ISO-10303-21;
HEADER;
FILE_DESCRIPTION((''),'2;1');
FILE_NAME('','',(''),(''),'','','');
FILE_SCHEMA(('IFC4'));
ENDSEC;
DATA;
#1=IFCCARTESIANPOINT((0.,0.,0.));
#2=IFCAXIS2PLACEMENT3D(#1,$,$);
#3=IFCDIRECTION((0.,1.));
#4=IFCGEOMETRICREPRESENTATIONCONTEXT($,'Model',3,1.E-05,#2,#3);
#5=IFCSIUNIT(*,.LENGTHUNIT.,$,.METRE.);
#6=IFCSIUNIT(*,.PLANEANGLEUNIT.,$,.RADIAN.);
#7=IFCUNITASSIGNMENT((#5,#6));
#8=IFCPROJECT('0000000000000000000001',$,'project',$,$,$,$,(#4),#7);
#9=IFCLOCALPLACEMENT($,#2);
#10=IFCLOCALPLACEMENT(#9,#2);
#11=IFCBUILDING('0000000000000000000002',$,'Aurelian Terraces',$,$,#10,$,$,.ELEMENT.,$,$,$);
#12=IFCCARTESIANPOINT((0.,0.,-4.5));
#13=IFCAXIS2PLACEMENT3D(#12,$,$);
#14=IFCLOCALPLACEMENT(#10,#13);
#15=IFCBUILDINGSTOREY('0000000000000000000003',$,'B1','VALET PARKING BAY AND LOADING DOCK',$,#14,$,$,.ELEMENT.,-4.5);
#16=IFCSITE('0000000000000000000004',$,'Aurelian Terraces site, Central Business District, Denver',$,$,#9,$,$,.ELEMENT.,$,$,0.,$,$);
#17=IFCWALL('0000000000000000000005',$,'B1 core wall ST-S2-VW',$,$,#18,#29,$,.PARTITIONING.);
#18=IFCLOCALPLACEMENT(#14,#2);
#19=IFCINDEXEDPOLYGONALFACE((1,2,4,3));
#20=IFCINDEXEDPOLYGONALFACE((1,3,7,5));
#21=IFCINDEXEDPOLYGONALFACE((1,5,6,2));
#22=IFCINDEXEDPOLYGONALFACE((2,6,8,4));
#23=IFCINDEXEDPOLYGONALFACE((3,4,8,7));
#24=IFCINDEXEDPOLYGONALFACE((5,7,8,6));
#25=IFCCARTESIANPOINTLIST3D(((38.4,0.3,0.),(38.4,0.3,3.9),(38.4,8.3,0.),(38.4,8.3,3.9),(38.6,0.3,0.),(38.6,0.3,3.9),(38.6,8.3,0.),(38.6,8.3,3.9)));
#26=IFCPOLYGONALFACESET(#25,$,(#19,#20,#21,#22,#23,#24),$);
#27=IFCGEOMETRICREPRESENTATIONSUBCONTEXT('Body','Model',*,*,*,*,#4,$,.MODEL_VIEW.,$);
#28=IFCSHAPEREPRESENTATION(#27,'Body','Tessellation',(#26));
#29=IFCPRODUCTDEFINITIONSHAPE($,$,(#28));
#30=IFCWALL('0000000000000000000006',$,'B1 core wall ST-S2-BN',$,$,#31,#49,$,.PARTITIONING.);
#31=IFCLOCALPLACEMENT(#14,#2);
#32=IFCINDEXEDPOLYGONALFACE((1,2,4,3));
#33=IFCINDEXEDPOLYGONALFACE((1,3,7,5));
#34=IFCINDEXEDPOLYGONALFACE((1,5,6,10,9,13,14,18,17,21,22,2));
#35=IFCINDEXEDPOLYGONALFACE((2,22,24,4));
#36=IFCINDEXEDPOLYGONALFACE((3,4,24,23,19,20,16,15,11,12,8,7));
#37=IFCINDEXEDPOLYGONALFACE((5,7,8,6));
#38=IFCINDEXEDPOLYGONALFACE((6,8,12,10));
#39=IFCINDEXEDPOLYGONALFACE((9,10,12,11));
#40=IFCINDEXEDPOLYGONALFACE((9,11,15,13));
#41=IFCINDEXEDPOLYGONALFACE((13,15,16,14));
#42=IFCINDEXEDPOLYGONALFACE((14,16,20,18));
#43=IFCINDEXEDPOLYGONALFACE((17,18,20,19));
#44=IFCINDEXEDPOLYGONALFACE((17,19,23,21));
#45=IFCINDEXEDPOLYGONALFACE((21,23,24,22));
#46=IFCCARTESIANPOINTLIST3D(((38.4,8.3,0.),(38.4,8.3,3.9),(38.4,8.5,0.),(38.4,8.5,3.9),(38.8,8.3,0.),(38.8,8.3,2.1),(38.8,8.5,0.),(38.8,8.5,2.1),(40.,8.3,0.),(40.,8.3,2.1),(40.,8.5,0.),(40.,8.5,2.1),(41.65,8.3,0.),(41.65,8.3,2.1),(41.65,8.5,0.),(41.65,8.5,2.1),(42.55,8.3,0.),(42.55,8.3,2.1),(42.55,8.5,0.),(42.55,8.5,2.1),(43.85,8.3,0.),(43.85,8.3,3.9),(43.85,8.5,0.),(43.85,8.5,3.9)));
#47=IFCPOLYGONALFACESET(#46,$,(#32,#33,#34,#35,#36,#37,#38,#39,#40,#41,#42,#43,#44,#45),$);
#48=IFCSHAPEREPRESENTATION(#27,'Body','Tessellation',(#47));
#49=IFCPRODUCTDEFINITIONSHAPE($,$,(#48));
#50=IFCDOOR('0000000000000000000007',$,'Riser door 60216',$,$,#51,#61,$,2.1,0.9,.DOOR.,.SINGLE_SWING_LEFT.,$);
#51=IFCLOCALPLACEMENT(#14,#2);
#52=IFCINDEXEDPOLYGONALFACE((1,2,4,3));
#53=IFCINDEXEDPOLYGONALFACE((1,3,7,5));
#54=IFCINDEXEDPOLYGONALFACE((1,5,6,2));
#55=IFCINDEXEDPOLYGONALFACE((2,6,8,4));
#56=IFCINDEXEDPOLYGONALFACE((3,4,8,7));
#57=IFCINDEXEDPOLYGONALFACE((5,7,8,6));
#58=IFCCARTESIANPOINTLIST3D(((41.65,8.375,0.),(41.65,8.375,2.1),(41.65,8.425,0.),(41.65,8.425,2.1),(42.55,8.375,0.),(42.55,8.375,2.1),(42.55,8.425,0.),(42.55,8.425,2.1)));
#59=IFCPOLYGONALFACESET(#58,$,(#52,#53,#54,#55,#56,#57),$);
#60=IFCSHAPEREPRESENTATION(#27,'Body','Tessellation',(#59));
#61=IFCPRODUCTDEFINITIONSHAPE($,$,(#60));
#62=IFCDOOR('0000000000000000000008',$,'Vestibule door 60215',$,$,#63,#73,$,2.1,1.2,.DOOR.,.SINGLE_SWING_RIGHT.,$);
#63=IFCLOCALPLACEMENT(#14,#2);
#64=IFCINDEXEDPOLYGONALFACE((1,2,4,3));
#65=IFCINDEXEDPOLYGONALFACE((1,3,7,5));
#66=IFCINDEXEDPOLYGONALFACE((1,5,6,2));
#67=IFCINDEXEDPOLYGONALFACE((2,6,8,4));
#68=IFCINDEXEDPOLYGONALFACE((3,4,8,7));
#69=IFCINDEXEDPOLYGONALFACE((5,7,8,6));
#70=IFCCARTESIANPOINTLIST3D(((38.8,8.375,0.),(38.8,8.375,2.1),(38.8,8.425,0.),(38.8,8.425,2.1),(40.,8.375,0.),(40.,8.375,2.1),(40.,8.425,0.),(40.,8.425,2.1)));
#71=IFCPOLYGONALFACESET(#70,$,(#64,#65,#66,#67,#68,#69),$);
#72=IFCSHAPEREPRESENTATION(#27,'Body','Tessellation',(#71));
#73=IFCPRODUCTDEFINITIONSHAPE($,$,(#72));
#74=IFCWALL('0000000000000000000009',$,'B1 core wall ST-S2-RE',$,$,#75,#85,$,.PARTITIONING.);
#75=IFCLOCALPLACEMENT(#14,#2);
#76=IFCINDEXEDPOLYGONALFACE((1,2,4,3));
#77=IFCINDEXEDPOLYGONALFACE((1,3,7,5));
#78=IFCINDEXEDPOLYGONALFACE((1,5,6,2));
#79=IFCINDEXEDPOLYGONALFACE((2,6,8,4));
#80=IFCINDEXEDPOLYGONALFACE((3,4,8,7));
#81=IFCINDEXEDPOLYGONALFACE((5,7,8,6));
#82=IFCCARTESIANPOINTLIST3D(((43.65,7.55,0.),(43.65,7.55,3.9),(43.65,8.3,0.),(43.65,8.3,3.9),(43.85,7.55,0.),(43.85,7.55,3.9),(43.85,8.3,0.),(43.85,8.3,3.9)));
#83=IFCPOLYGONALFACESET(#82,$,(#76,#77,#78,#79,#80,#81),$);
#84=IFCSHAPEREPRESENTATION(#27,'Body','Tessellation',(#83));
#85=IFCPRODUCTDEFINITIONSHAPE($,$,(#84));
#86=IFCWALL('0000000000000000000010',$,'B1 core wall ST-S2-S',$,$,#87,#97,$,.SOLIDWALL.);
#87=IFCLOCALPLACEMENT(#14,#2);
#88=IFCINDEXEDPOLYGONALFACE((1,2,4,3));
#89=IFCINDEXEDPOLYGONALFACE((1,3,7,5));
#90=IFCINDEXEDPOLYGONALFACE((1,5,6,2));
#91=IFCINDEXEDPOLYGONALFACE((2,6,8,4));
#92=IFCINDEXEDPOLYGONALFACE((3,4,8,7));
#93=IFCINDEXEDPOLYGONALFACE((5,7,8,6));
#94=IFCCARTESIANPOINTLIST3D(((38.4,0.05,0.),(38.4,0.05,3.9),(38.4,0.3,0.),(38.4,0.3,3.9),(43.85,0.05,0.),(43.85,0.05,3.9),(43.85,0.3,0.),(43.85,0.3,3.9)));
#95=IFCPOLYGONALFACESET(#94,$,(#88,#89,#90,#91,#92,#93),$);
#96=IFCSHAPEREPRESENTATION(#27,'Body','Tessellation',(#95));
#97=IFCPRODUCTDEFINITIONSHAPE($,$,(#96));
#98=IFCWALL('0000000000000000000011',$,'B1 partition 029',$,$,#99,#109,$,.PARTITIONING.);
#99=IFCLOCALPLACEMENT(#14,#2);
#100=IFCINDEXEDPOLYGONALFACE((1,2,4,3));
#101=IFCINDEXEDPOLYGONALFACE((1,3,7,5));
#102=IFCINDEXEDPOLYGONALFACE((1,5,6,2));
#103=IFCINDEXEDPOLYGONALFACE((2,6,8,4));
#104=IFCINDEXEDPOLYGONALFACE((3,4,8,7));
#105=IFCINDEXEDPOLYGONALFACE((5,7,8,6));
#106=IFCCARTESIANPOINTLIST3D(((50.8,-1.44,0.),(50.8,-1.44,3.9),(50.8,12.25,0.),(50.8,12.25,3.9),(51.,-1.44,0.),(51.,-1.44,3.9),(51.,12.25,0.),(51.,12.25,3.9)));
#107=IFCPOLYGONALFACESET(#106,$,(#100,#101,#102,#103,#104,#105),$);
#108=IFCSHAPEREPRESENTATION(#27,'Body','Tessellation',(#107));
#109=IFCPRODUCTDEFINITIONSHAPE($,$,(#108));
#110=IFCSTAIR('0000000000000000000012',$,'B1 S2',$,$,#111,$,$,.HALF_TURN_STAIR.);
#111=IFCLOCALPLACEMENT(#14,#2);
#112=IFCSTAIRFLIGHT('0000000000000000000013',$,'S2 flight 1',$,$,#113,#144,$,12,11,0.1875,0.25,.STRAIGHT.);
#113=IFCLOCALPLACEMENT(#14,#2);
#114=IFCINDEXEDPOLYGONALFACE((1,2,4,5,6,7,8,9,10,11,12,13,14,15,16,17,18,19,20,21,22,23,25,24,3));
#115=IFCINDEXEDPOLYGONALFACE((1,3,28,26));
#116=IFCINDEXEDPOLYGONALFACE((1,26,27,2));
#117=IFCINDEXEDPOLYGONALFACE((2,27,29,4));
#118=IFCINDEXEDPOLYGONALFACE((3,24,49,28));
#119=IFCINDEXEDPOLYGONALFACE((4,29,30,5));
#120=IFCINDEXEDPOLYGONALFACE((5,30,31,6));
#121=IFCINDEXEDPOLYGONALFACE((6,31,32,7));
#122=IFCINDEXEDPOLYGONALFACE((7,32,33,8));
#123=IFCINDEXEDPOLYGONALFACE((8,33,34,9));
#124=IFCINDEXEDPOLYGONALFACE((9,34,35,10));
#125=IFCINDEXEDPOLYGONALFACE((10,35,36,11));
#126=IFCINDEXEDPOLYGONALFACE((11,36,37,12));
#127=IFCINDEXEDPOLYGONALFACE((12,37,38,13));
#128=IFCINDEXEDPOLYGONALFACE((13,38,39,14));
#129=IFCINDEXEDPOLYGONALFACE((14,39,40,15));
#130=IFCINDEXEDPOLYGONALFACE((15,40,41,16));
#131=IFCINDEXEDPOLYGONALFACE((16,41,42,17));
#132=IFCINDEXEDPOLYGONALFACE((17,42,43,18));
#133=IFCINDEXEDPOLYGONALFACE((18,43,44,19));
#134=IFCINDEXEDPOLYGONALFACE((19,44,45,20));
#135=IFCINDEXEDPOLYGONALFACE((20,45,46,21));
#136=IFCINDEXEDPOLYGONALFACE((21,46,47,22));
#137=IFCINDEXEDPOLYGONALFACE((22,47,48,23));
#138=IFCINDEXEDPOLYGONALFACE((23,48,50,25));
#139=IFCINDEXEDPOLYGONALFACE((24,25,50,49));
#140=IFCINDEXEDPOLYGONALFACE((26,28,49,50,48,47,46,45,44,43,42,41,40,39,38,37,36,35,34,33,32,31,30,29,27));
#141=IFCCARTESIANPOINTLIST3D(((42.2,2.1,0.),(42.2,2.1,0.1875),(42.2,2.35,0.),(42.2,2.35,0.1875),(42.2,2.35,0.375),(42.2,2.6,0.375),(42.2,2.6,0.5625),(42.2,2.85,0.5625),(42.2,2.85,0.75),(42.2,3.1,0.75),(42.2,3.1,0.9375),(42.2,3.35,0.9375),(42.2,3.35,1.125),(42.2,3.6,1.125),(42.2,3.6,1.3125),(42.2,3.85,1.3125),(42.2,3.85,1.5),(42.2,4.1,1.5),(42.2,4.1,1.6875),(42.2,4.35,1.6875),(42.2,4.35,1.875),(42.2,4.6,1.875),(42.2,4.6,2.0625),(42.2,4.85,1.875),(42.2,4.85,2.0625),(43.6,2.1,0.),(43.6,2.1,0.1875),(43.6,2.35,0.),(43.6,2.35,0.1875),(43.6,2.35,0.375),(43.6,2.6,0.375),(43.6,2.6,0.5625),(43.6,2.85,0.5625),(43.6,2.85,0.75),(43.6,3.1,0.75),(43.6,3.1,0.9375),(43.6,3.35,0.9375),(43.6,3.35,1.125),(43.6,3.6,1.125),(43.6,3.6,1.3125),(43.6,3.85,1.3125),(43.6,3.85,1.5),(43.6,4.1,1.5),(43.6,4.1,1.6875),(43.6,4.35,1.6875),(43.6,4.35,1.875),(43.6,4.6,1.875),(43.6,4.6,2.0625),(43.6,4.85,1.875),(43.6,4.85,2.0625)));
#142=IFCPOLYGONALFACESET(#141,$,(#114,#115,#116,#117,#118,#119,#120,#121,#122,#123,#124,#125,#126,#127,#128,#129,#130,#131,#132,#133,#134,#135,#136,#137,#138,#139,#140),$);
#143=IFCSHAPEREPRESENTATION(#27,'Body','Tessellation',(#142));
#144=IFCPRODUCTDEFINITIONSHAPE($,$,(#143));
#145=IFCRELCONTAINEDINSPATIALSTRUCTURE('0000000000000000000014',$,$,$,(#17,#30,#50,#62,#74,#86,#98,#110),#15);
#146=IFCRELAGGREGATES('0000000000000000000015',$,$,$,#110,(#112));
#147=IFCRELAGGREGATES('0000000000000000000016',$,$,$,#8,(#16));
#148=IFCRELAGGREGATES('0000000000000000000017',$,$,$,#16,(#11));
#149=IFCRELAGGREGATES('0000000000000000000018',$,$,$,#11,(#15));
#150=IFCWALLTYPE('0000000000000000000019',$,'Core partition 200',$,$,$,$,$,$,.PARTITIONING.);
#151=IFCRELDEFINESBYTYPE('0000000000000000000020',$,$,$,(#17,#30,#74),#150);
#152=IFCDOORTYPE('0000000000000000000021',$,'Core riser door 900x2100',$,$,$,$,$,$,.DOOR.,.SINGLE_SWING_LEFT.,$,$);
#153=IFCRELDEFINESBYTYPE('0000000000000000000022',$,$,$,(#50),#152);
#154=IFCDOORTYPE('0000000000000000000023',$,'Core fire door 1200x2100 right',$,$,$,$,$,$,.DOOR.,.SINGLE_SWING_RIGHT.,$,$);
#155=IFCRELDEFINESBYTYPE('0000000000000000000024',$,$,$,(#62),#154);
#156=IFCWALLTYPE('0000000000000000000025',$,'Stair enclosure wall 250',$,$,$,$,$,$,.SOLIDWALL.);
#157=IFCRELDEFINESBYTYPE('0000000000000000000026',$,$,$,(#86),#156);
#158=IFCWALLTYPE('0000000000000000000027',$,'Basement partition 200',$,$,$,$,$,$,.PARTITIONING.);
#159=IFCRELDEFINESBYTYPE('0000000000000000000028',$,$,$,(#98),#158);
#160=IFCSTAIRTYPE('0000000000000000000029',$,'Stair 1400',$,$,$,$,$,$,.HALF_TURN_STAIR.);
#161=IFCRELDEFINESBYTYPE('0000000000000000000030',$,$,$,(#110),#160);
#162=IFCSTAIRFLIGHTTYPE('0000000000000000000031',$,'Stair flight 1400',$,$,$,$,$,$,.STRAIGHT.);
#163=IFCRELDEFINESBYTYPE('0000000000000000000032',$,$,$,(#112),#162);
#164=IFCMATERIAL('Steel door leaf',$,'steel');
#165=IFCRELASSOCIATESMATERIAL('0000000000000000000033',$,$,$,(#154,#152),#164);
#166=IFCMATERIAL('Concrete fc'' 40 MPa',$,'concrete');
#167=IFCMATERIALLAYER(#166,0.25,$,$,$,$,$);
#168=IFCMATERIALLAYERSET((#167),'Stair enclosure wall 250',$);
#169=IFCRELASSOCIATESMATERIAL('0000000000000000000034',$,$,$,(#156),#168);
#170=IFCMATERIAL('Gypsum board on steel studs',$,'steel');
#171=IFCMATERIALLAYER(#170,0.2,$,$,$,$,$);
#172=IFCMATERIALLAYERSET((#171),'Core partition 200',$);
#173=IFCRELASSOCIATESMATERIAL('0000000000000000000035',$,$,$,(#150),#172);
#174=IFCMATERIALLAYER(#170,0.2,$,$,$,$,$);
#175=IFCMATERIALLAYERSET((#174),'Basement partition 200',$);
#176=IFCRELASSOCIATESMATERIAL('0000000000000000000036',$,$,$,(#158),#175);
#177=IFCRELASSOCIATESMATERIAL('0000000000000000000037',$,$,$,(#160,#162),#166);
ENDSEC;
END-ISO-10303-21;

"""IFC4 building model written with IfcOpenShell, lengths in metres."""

from ifc_helpers import new_model, si_unit, direction, frame, frame_2d, origin, place, context, subcontext, project, spatial, polyline, rectangle, outline, extrude, source, transform, mapped, material, layer, layer_set, type_object, element, fill, aggregate, save


model = new_model("IFC4")

# Units and contexts
model_context = context("Model", 3, precision=1e-05, world=origin(), true_north=direction((0.0, 1.0)))
body_context = subcontext(model_context, "Body", "Model", "MODEL_VIEW")
ifc_project = project(units=[si_unit("LENGTHUNIT", "METRE"), si_unit("PLANEANGLEUNIT", "RADIAN")], contexts=[model_context])

# Site, building, storey
site_placement = place(None, origin())
site = spatial("IfcSite", under=ifc_project, at=site_placement, Name="Aurelian Terraces site, Central Business District, Denver", CompositionType="ELEMENT", RefElevation=0.0)
building_placement = place(site_placement, origin())
building = spatial("IfcBuilding", under=site, at=building_placement, Name="Aurelian Terraces", CompositionType="ELEMENT")
storey_placement = place(building_placement, frame((0.0, 0.0, -4.5)))
storey = spatial("IfcBuildingStorey", under=building, at=storey_placement, Name="B1", Description="VALET PARKING BAY AND LOADING DOCK", CompositionType="ELEMENT", Elevation=-4.5)

# Shared definitions
ifc_material_1 = material(Name="Steel door leaf", Category="steel")
door_type_1 = type_object("IfcDoorType", Name="Core fire door 1200x2100 right", OperationType="SINGLE_SWING_RIGHT", PredefinedType="DOOR", material=ifc_material_1)
shared_shape_1 = source(origin(), body_context, "Body", "SweptSolid", [
    extrude(rectangle(XDim=1.2, YDim=2.1, at=frame_2d((0.6, 1.05))), frame((0.0, 0.025, 0.0), z_axis=(0.0, -1.0, 0.0), x_axis=(1.0, 0.0, 0.0)), (0.0, 0.0, 1.0), 0.05),
])

# Shared definitions
ifc_material_2 = material(Name="Concrete fc' 40 MPa", Category="concrete")
ifc_layer_1 = layer(ifc_material_2, 0.25)
ifc_layer_set_1 = layer_set([ifc_layer_1], Name="Stair enclosure wall 250")
wall_type_1 = type_object("IfcWallType", Name="Stair enclosure wall 250", PredefinedType="SOLIDWALL", material=ifc_layer_set_1)

# Wall
ifc_material_3 = material(Name="Gypsum board on steel studs", Category="steel")
ifc_layer_2 = layer(ifc_material_3, 0.2)
ifc_layer_set_2 = layer_set([ifc_layer_2], Name="Core partition 200")
wall_type_2 = type_object("IfcWallType", Name="Core partition 200", PredefinedType="PARTITIONING", material=ifc_layer_set_2)
shared_shape_2 = source(origin(), body_context, "Body", "SweptSolid", [
    extrude(rectangle(XDim=8.0, YDim=0.2, at=frame_2d((4.0, 0.0))), origin(), (0.0, 0.0, 1.0), 3.9),
])
wall_1_placement = place(storey_placement, frame((38.5, 0.3, 0.0), z_axis=(0.0, 0.0, 1.0), x_axis=(0.0, 1.0, 0.0)))
element("IfcWall", 1, at=wall_1_placement, inside=storey, type_object=wall_type_2, Name="B1 core wall ST-S2-VW", PredefinedType="PARTITIONING", context=body_context, shape_type="MappedRepresentation", body=[
    mapped(shared_shape_2, transform((0.0, 0.0, 0.0), scale=1.0)),
])

# Wall, openings, doors
shared_shape_3 = source(origin(), body_context, "Body", "SweptSolid", [
    extrude(rectangle(XDim=5.45, YDim=0.2, at=frame_2d((2.725, 0.0))), origin(), (0.0, 0.0, 1.0), 3.9),
])
wall_2_placement = place(storey_placement, frame((38.4, 8.4, 0.0), z_axis=(0.0, 0.0, 1.0), x_axis=(1.0, 0.0, 0.0)))
wall_2 = element("IfcWall", 2, at=wall_2_placement, inside=storey, type_object=wall_type_2, Name="B1 core wall ST-S2-BN", PredefinedType="PARTITIONING", context=body_context, shape_type="MappedRepresentation", body=[
    mapped(shared_shape_3, transform((0.0, 0.0, 0.0), scale=1.0)),
])
shared_shape_4 = source(origin(), body_context, "Body", "SweptSolid", [
    extrude(rectangle(XDim=1.2, YDim=2.1, at=frame_2d((0.6, 1.05))), frame((0.0, 0.11, 0.0), z_axis=(0.0, -1.0, 0.0), x_axis=(1.0, 0.0, 0.0)), (0.0, 0.0, 1.0), 0.22),
])
opening_1_placement = place(wall_2_placement, frame((0.4, 0.0, 0.0)))
opening_1 = element("IfcOpeningElement", 3, at=opening_1_placement, cuts=wall_2, PredefinedType="OPENING", context=body_context, shape_type="MappedRepresentation", body=[
    mapped(shared_shape_4, transform((0.0, 0.0, 0.0), scale=1.0)),
])
shared_shape_5 = source(origin(), body_context, "Body", "SweptSolid", [
    extrude(rectangle(XDim=0.9, YDim=2.1, at=frame_2d((0.45, 1.05))), frame((0.0, 0.11, 0.0), z_axis=(0.0, -1.0, 0.0), x_axis=(1.0, 0.0, 0.0)), (0.0, 0.0, 1.0), 0.22),
])
opening_2_placement = place(wall_2_placement, frame((3.25, 0.0, 0.0)))
opening_2 = element("IfcOpeningElement", 4, at=opening_2_placement, cuts=wall_2, PredefinedType="OPENING", context=body_context, shape_type="MappedRepresentation", body=[
    mapped(shared_shape_5, transform((0.0, 0.0, 0.0), scale=1.0)),
])
door_type_2 = type_object("IfcDoorType", Name="Core riser door 900x2100", OperationType="SINGLE_SWING_LEFT", PredefinedType="DOOR", material=ifc_material_1)
shared_shape_6 = source(origin(), body_context, "Body", "SweptSolid", [
    extrude(rectangle(XDim=0.9, YDim=2.1, at=frame_2d((0.45, 1.05))), frame((0.0, 0.025, 0.0), z_axis=(0.0, -1.0, 0.0), x_axis=(1.0, 0.0, 0.0)), (0.0, 0.0, 1.0), 0.05),
])
door_1_placement = place(opening_2_placement, origin())
door_1 = element("IfcDoor", 5, at=door_1_placement, inside=storey, type_object=door_type_2, Name="Riser door 60216", OperationType="SINGLE_SWING_LEFT", OverallHeight=2.1, OverallWidth=0.9, PredefinedType="DOOR", context=body_context, shape_type="MappedRepresentation", body=[
    mapped(shared_shape_6, transform((0.0, 0.0, 0.0), scale=1.0)),
])
fill(opening_2, door_1)
door_2_placement = place(opening_1_placement, origin())
door_2 = element("IfcDoor", 6, at=door_2_placement, inside=storey, type_object=door_type_1, Name="Vestibule door 60215", OperationType="SINGLE_SWING_RIGHT", OverallHeight=2.1, OverallWidth=1.2, PredefinedType="DOOR", context=body_context, shape_type="MappedRepresentation", body=[
    mapped(shared_shape_1, transform((0.0, 0.0, 0.0), scale=1.0)),
])
fill(opening_1, door_2)

# Walls
shared_shape_7 = source(origin(), body_context, "Body", "SweptSolid", [
    extrude(rectangle(XDim=0.75, YDim=0.2, at=frame_2d((0.375, 0.0))), origin(), (0.0, 0.0, 1.0), 3.9),
])
wall_3_placement = place(storey_placement, frame((43.75, 7.55, 0.0), z_axis=(0.0, 0.0, 1.0), x_axis=(0.0, 1.0, 0.0)))
element("IfcWall", 7, at=wall_3_placement, inside=storey, type_object=wall_type_2, Name="B1 core wall ST-S2-RE", PredefinedType="PARTITIONING", context=body_context, shape_type="MappedRepresentation", body=[
    mapped(shared_shape_7, transform((0.0, 0.0, 0.0), scale=1.0)),
])
shared_shape_8 = source(origin(), body_context, "Body", "SweptSolid", [
    extrude(rectangle(XDim=5.45, YDim=0.25, at=frame_2d((2.725, 0.0))), origin(), (0.0, 0.0, 1.0), 3.9),
])
wall_4_placement = place(storey_placement, frame((38.4, 0.175, 0.0), z_axis=(0.0, 0.0, 1.0), x_axis=(1.0, 0.0, 0.0)))
element("IfcWall", 8, at=wall_4_placement, inside=storey, type_object=wall_type_1, Name="B1 core wall ST-S2-S", PredefinedType="SOLIDWALL", context=body_context, shape_type="MappedRepresentation", body=[
    mapped(shared_shape_8, transform((0.0, 0.0, 0.0), scale=1.0)),
])
ifc_layer_3 = layer(ifc_material_3, 0.2)
ifc_layer_set_3 = layer_set([ifc_layer_3], Name="Basement partition 200")
wall_type_3 = type_object("IfcWallType", Name="Basement partition 200", PredefinedType="PARTITIONING", material=ifc_layer_set_3)
shared_shape_9 = source(origin(), body_context, "Body", "SweptSolid", [
    extrude(rectangle(XDim=13.69, YDim=0.2, at=frame_2d((6.845, 0.0))), origin(), (0.0, 0.0, 1.0), 3.9),
])
wall_5_placement = place(storey_placement, frame((50.9, -1.44, 0.0), z_axis=(0.0, 0.0, 1.0), x_axis=(0.0, 1.0, 0.0)))
element("IfcWall", 9, at=wall_5_placement, inside=storey, type_object=wall_type_3, Name="B1 partition 029", PredefinedType="PARTITIONING", context=body_context, shape_type="MappedRepresentation", body=[
    mapped(shared_shape_9, transform((0.0, 0.0, 0.0), scale=1.0)),
])

# Stair, stair flight
stair_type = type_object("IfcStairType", Name="Stair 1400", PredefinedType="HALF_TURN_STAIR", material=ifc_material_2)
stair_placement = place(storey_placement, origin())
stair = element("IfcStair", 10, at=stair_placement, inside=storey, type_object=stair_type, Name="B1 S2", PredefinedType="HALF_TURN_STAIR")
stair_flight_type = type_object("IfcStairFlightType", Name="Stair flight 1400", PredefinedType="STRAIGHT", material=ifc_material_2)
shared_shape_10 = source(origin(), body_context, "Body", "SweptSolid", [
    extrude(outline(polyline([(0.0, 0.0), (0.0, 0.1875), (0.25, 0.1875), (0.25, 0.375), (0.5, 0.375), (0.5, 0.5625), (0.75, 0.5625), (0.75, 0.75), (1.0, 0.75), (1.0, 0.9375), (1.25, 0.9375), (1.25, 1.125), (1.5, 1.125), (1.5, 1.3125), (1.75, 1.3125), (1.75, 1.5), (2.0, 1.5), (2.0, 1.6875), (2.25, 1.6875), (2.25, 1.875), (2.5, 1.875), (2.5, 2.0625), (2.75, 2.0625), (2.75, 2.25), (2.75, 1.875), (0.25, 0.0), (0.0, 0.0)])), frame((0.0, 0.7, 0.0), z_axis=(0.0, -1.0, 0.0), x_axis=(1.0, 0.0, 0.0)), (0.0, 0.0, 1.0), 1.4),
])
stair_flight_1_placement = place(storey_placement, frame((42.9, 2.1, 0.0), z_axis=(0.0, 0.0, 1.0), x_axis=(0.0, 1.0, 0.0)))
stair_flight_1 = element("IfcStairFlight", 11, at=stair_flight_1_placement, type_object=stair_flight_type, Name="S2 flight 1", NumberOfRisers=12, NumberOfTreads=11, PredefinedType="STRAIGHT", RiserHeight=0.1875, TreadLength=0.25, context=body_context, shape_type="MappedRepresentation", body=[
    mapped(shared_shape_10, transform((0.0, 0.0, 0.0), scale=1.0)),
])
aggregate(stair, [stair_flight_1])

save(model, "model.ifc")
